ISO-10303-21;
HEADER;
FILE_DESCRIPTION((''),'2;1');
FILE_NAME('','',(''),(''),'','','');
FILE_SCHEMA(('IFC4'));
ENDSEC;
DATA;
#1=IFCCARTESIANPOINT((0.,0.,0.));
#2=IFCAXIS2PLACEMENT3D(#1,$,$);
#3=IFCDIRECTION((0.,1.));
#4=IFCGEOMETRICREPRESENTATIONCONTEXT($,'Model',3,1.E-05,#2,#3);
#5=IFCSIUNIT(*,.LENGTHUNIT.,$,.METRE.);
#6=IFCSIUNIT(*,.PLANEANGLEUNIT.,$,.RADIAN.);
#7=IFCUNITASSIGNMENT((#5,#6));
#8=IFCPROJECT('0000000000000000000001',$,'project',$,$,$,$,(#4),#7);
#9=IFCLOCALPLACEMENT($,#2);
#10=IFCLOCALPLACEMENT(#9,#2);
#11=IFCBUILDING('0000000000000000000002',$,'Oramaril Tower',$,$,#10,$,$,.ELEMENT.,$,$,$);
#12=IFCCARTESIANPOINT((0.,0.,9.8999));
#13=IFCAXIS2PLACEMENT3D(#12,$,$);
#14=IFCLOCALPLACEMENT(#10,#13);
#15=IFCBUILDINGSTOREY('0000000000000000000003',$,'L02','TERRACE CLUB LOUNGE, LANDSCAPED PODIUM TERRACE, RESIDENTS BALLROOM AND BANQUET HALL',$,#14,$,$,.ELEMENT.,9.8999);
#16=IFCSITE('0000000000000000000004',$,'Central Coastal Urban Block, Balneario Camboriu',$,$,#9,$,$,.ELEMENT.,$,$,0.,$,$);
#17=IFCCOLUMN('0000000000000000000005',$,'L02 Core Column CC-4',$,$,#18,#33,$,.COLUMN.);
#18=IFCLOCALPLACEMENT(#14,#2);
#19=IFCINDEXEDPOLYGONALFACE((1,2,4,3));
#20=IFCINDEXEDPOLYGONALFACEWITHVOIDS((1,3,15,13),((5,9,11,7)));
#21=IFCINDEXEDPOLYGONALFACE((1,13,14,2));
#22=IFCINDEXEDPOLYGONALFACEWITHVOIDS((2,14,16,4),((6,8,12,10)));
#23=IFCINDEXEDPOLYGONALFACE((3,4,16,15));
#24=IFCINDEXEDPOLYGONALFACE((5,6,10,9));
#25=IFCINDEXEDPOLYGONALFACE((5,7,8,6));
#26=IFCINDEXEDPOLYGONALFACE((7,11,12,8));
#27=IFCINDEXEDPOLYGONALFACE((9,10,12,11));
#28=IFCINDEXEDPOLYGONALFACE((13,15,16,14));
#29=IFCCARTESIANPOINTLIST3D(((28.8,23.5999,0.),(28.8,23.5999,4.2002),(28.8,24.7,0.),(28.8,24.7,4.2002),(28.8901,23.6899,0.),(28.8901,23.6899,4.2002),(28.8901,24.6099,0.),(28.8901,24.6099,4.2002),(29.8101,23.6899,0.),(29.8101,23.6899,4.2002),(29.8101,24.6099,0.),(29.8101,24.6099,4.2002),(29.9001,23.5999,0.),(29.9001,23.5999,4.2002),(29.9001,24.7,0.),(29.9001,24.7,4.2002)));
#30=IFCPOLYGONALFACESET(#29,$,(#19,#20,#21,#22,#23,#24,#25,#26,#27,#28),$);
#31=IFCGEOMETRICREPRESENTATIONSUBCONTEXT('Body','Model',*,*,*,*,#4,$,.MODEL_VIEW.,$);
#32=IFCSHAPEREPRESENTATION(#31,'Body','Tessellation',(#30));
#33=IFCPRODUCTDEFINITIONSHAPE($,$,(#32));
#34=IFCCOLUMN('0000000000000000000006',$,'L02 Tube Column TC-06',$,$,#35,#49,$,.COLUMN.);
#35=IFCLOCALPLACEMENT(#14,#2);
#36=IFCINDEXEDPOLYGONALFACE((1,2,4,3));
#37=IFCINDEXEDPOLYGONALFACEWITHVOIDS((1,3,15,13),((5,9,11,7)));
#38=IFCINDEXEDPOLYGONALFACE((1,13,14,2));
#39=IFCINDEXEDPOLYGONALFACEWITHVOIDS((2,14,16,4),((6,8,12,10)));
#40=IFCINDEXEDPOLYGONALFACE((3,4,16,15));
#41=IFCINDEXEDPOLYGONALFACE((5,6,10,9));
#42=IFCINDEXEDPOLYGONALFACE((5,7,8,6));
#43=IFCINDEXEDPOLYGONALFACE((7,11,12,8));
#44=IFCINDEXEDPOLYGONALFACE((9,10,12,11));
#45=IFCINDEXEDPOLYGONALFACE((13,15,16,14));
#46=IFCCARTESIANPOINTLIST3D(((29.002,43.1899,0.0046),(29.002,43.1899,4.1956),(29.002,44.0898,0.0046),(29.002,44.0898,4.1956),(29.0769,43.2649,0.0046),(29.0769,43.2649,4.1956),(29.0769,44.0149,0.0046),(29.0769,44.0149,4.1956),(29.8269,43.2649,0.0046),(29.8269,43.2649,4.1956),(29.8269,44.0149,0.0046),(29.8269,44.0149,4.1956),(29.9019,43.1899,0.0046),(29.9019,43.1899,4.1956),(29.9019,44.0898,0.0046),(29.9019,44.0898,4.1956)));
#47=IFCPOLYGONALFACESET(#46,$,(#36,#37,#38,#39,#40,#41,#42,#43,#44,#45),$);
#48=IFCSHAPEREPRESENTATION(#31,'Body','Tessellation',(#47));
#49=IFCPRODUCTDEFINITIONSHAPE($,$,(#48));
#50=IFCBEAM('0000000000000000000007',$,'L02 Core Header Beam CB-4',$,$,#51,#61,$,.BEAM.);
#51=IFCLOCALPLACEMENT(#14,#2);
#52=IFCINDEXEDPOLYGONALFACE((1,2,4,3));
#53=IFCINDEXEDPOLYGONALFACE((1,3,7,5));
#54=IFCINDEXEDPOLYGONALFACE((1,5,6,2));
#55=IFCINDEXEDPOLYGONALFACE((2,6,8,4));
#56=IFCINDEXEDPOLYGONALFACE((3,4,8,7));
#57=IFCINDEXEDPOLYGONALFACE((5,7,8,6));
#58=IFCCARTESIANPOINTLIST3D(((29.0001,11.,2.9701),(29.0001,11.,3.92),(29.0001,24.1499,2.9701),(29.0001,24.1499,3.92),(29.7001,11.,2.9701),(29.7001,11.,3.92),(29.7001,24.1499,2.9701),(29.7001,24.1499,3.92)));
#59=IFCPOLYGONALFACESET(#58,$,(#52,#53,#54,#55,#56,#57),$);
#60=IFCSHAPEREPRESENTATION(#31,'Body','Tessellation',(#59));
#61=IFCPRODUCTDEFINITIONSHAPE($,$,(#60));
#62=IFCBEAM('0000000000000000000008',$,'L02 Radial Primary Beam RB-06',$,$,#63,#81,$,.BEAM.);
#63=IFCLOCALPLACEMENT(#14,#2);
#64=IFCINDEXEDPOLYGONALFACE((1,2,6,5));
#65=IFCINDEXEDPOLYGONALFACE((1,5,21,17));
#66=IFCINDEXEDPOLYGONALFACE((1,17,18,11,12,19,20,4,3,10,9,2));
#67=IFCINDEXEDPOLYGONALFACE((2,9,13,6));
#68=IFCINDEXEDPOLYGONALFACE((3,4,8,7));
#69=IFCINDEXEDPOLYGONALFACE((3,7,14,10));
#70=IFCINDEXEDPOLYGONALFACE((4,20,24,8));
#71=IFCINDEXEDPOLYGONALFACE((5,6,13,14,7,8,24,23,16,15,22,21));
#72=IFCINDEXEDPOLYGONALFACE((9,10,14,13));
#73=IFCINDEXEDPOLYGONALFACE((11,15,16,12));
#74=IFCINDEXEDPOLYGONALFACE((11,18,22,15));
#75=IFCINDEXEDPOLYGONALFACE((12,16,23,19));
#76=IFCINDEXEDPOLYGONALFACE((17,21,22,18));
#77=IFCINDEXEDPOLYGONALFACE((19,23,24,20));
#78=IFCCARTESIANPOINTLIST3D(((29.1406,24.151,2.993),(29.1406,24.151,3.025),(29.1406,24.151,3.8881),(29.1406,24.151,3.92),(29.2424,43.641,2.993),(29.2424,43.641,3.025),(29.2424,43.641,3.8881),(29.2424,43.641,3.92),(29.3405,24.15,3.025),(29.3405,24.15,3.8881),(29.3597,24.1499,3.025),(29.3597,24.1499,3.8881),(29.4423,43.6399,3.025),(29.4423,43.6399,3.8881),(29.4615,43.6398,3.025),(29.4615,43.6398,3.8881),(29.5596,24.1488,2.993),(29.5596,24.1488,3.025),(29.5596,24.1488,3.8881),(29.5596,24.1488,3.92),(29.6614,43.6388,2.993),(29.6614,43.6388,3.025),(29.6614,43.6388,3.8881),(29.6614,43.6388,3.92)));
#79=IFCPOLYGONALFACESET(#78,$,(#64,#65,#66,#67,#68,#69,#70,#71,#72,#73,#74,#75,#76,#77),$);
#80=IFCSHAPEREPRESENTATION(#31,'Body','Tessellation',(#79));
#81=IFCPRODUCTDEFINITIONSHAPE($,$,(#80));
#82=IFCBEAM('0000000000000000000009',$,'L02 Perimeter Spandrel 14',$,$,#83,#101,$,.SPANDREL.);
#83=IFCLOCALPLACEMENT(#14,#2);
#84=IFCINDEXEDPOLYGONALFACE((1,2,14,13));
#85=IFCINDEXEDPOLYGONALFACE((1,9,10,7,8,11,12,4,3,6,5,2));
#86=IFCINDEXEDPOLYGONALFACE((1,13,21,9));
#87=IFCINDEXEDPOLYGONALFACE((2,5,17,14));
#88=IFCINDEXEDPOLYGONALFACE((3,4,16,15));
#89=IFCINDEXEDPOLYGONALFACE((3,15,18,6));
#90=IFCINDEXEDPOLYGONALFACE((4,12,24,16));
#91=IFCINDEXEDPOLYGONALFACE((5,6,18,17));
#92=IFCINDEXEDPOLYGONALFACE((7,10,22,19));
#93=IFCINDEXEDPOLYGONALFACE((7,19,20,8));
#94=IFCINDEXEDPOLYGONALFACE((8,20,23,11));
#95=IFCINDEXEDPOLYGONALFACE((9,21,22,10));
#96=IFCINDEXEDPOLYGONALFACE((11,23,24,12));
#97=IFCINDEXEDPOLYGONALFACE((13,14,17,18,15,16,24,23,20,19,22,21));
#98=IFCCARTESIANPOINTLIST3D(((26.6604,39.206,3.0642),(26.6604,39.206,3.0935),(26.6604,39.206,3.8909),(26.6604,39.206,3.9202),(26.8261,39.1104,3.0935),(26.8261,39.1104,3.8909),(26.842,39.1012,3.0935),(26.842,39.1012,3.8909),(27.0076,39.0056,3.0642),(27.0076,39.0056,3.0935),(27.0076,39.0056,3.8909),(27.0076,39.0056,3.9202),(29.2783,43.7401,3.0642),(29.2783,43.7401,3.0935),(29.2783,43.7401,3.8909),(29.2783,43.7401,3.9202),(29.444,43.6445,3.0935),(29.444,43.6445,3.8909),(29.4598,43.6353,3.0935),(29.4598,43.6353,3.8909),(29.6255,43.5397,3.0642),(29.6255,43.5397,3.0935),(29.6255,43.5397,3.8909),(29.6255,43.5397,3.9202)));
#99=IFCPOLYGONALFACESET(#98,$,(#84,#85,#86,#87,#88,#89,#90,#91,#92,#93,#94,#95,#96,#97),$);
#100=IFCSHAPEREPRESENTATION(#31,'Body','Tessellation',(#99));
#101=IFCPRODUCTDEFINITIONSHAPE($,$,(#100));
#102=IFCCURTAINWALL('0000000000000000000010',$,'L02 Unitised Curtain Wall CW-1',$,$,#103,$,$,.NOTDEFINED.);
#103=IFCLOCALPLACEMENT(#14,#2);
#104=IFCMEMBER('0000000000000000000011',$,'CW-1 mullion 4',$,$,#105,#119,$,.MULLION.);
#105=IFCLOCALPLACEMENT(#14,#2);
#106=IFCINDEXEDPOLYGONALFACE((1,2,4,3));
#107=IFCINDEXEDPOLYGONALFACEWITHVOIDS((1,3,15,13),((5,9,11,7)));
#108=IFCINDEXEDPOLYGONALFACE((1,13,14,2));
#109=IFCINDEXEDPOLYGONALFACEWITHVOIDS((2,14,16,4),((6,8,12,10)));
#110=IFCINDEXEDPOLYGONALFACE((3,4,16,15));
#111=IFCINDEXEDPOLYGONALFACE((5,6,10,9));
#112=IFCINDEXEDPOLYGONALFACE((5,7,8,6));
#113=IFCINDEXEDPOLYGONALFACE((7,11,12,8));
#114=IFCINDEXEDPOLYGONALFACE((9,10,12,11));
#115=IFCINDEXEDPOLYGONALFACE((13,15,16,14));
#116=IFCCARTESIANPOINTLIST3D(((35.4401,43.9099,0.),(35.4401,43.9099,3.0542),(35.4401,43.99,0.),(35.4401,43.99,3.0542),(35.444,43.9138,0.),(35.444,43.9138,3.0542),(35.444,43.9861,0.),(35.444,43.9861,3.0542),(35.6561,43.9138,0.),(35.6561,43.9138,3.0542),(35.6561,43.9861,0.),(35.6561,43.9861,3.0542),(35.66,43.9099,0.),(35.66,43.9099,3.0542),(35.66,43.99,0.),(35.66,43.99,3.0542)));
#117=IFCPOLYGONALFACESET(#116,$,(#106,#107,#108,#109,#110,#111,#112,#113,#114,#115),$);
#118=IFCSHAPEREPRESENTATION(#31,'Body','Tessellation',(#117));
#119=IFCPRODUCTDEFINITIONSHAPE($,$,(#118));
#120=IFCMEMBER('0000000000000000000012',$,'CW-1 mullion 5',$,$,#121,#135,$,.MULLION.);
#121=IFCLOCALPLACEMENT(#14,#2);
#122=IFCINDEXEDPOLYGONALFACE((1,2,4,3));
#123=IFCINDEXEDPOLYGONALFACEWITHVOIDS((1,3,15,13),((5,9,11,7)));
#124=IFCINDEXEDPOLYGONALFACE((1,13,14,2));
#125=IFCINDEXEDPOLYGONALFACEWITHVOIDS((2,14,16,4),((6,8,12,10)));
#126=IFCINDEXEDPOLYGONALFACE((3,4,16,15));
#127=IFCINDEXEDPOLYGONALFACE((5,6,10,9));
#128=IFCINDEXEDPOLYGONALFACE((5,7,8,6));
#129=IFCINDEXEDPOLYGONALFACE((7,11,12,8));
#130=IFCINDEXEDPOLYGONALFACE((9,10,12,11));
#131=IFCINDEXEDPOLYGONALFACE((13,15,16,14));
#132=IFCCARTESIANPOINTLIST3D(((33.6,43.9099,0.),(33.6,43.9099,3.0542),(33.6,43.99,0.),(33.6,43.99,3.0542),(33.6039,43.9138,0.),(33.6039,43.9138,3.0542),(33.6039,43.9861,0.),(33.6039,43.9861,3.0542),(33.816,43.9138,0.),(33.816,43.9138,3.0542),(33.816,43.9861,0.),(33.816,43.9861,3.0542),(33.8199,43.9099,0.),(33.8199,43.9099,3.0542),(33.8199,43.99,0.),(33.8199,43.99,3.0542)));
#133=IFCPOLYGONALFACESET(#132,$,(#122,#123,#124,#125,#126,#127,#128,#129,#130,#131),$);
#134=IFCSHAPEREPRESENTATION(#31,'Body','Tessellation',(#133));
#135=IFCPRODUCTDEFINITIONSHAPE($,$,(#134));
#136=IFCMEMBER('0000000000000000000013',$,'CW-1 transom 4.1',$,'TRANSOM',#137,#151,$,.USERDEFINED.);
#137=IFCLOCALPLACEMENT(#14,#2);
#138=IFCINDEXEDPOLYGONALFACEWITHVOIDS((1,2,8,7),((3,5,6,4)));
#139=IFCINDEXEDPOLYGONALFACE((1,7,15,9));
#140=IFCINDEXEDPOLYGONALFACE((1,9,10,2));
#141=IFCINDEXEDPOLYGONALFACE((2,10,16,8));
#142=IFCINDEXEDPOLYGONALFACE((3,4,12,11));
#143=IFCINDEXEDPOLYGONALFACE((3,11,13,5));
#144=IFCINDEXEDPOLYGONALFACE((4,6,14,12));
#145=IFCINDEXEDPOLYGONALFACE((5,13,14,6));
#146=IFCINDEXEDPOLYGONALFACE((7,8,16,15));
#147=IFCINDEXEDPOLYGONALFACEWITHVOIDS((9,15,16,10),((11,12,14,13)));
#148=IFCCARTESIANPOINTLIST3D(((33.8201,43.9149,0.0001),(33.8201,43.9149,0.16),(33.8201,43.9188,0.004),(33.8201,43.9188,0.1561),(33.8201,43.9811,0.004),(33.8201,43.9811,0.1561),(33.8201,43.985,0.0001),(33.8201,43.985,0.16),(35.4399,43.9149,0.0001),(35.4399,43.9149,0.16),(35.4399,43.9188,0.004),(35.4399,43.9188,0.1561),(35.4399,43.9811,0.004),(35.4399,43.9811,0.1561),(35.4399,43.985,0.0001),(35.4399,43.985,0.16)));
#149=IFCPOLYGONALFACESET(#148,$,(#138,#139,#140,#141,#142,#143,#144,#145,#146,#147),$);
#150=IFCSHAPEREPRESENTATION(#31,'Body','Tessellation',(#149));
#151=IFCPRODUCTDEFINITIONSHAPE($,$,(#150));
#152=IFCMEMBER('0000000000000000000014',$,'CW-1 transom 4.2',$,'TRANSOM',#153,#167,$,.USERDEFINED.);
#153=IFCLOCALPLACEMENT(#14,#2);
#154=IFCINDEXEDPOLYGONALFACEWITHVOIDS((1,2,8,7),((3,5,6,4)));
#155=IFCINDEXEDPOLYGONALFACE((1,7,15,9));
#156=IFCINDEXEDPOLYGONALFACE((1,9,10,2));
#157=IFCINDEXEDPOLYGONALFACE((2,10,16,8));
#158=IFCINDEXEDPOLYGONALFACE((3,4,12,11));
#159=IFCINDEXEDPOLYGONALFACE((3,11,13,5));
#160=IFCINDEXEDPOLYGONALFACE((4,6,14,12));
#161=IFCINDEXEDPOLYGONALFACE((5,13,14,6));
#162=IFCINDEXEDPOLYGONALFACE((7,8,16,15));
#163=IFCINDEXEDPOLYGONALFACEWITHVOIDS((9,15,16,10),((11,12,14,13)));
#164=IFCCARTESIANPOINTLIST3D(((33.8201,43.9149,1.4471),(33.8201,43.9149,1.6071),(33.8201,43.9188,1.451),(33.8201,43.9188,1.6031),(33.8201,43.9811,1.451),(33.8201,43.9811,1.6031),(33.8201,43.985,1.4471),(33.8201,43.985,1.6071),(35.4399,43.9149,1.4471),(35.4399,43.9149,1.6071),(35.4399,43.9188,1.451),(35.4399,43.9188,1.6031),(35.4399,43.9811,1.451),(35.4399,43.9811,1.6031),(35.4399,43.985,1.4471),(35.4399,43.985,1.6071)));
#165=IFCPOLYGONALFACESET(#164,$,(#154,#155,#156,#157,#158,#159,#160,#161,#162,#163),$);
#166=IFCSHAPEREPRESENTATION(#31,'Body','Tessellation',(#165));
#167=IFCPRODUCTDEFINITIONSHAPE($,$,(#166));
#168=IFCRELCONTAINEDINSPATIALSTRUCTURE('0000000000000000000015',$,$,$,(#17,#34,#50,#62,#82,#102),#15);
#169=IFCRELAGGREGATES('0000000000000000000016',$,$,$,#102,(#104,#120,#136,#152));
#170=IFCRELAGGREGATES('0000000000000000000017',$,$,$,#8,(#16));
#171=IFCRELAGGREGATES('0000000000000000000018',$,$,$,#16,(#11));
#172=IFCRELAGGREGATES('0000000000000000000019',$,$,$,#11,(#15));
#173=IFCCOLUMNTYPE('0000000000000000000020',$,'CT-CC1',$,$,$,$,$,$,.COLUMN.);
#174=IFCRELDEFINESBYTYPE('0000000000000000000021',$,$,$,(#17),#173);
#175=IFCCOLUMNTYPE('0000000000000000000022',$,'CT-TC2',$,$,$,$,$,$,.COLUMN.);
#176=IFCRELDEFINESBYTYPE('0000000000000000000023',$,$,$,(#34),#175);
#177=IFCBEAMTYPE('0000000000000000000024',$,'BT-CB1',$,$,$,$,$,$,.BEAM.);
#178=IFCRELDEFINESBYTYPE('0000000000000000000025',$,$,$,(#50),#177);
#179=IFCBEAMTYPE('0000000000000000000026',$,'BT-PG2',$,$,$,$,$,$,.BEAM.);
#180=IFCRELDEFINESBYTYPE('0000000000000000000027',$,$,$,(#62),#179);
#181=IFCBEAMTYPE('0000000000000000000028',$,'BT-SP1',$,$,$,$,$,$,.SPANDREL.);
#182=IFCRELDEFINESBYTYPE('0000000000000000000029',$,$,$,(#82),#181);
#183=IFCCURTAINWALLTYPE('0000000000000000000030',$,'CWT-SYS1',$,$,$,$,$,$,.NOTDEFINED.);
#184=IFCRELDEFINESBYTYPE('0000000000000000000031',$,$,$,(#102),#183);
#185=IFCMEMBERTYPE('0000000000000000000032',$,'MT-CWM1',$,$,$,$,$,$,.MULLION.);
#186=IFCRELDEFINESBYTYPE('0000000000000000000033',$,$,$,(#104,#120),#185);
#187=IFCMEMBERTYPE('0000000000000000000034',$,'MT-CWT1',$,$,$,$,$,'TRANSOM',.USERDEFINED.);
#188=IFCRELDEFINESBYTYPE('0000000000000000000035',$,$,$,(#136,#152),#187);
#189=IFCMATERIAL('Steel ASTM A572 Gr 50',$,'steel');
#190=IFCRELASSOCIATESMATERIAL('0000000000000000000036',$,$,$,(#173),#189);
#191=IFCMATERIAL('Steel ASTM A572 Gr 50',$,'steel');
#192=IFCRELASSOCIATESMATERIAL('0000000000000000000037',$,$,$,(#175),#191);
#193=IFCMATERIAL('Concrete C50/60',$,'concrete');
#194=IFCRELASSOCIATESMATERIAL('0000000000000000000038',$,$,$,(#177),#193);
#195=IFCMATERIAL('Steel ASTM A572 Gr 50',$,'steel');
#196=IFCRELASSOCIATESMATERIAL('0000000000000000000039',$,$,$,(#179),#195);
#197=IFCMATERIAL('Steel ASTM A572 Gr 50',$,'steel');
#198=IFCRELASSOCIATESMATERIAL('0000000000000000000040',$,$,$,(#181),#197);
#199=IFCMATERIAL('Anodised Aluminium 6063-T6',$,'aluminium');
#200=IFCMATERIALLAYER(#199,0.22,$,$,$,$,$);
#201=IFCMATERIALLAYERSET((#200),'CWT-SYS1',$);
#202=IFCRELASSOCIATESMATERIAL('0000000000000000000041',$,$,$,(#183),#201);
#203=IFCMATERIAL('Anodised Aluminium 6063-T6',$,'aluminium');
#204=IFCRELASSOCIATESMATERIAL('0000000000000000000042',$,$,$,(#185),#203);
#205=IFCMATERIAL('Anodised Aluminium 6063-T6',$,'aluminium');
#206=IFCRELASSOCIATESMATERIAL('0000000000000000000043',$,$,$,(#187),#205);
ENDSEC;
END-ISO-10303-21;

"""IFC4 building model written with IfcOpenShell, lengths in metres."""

from ifc_helpers import new_model, si_unit, direction, frame, origin, origin_2d, place, context, subcontext, project, spatial, rectangle, hollow_rectangle, i_section, extrude, material, layer, layer_set, material_profile, profile_set, type_object, element, aggregate, save


model = new_model("IFC4")

# Units and contexts
model_context = context("Model", 3, precision=1e-05, world=origin(), true_north=direction((0.0, 1.0)))
body_context = subcontext(model_context, "Body", "Model", "MODEL_VIEW")
ifc_project = project(units=[si_unit("LENGTHUNIT", "METRE"), si_unit("PLANEANGLEUNIT", "RADIAN")], contexts=[model_context])

# Site, building, storey
site_placement = place(None, origin())
site = spatial("IfcSite", under=ifc_project, at=site_placement, Name="Central Coastal Urban Block, Balneario Camboriu", CompositionType="ELEMENT", RefElevation=0.0)
building_placement = place(site_placement, origin())
building = spatial("IfcBuilding", under=site, at=building_placement, Name="Oramaril Tower", CompositionType="ELEMENT")
storey_placement = place(building_placement, frame((0.0, 0.0, 9.8999)))
storey = spatial("IfcBuildingStorey", under=building, at=storey_placement, Name="L02", Description="TERRACE CLUB LOUNGE, LANDSCAPED PODIUM TERRACE, RESIDENTS BALLROOM AND BANQUET HALL", CompositionType="ELEMENT", Elevation=9.8999)

# Columns
ifc_material_1 = material(Name="Steel ASTM A572 Gr 50", Category="steel")
ifc_material_profile_1 = material_profile(ifc_material_1, hollow_rectangle(XDim=1.1001, YDim=1.1001, WallThickness=0.0901, at=origin_2d()), Name="BOX1100X1100X90")
ifc_profile_set_1 = profile_set([ifc_material_profile_1], Name="Steel ASTM A572 Gr 50")
column_type_1 = type_object("IfcColumnType", Name="CT-CC1", PredefinedType="COLUMN", material=ifc_profile_set_1)
column_1_placement = place(storey_placement, frame((29.3501, 24.1499, 0.0), z_axis=(0.0, 0.0, 1.0), x_axis=(1.0, 0.0, 0.0)))
element("IfcColumn", 1, at=column_1_placement, inside=storey, type_object=column_type_1, Name="L02 Core Column CC-4", PredefinedType="COLUMN", context=body_context, shape_type="SweptSolid", body=[
    extrude(hollow_rectangle(XDim=1.1001, YDim=1.1001, WallThickness=0.0901, at=origin_2d()), origin(), (0.0, 0.0, 1.0), 4.2002),
])
ifc_material_2 = material(Name="Steel ASTM A572 Gr 50", Category="steel")
ifc_material_profile_2 = material_profile(ifc_material_2, hollow_rectangle(XDim=0.8999, YDim=0.8999, WallThickness=0.075, at=origin_2d()), Name="BOX900X900X75")
ifc_profile_set_2 = profile_set([ifc_material_profile_2], Name="Steel ASTM A572 Gr 50")
column_type_2 = type_object("IfcColumnType", Name="CT-TC2", PredefinedType="COLUMN", material=ifc_profile_set_2)
column_2_placement = place(storey_placement, frame((29.4519, 43.6399, 0.0046), z_axis=(0.0, 0.0, 1.0), x_axis=(1.0, 0.0, 0.0)))
element("IfcColumn", 2, at=column_2_placement, inside=storey, type_object=column_type_2, Name="L02 Tube Column TC-06", PredefinedType="COLUMN", context=body_context, shape_type="SweptSolid", body=[
    extrude(hollow_rectangle(XDim=0.8999, YDim=0.8999, WallThickness=0.075, at=origin_2d()), origin(), (0.0, 0.0, 1.0), 4.1909),
])

# Beams
ifc_material_3 = material(Name="Concrete C50/60", Category="concrete")
ifc_material_profile_3 = material_profile(ifc_material_3, rectangle(XDim=0.7, YDim=0.95, at=origin_2d()), Name="CB700X950")
ifc_profile_set_3 = profile_set([ifc_material_profile_3], Name="Concrete C50/60")
beam_type_1 = type_object("IfcBeamType", Name="BT-CB1", PredefinedType="BEAM", material=ifc_profile_set_3)
beam_1_placement = place(storey_placement, frame((29.3501, 24.1499, 3.4451), z_axis=(0.0, -1.0, 0.0), x_axis=(1.0, 0.0, 0.0)))
element("IfcBeam", 3, at=beam_1_placement, inside=storey, type_object=beam_type_1, Name="L02 Core Header Beam CB-4", PredefinedType="BEAM", context=body_context, shape_type="SweptSolid", body=[
    extrude(rectangle(XDim=0.7, YDim=0.95, at=origin_2d()), origin(), (0.0, 0.0, 1.0), 13.1499),
])
ifc_material_4 = material(Name="Steel ASTM A572 Gr 50", Category="steel")
ifc_material_profile_4 = material_profile(ifc_material_4, i_section(OverallWidth=0.4189, OverallDepth=0.927, WebThickness=0.0193, FlangeThickness=0.032, at=origin_2d()), Name="W36X231")
ifc_profile_set_4 = profile_set([ifc_material_profile_4], Name="Steel ASTM A572 Gr 50")
beam_type_2 = type_object("IfcBeamType", Name="BT-PG2", PredefinedType="BEAM", material=ifc_profile_set_4)
beam_2_placement = place(storey_placement, frame((29.3501, 24.1499, 3.4565), z_axis=(0.005223, 0.999986, 0.0), x_axis=(-0.999986, 0.005223, 0.0)))
element("IfcBeam", 4, at=beam_2_placement, inside=storey, type_object=beam_type_2, Name="L02 Radial Primary Beam RB-06", PredefinedType="BEAM", context=body_context, shape_type="SweptSolid", body=[
    extrude(i_section(OverallWidth=0.4189, OverallDepth=0.927, WebThickness=0.0193, FlangeThickness=0.032, at=origin_2d()), origin(), (0.0, 0.0, 1.0), 19.4902),
])
ifc_material_5 = material(Name="Steel ASTM A572 Gr 50", Category="steel")
ifc_material_profile_5 = material_profile(ifc_material_5, i_section(OverallWidth=0.4009, OverallDepth=0.856, WebThickness=0.0183, FlangeThickness=0.0293, at=origin_2d()), Name="W33X201")
ifc_profile_set_5 = profile_set([ifc_material_profile_5], Name="Steel ASTM A572 Gr 50")
beam_type_3 = type_object("IfcBeamType", Name="BT-SP1", PredefinedType="SPANDREL", material=ifc_profile_set_5)
beam_3_placement = place(storey_placement, frame((29.4519, 43.6399, 3.4922), z_axis=(-0.500016, -0.866016, 0.0), x_axis=(0.866016, -0.500016, 0.0)))
element("IfcBeam", 5, at=beam_3_placement, inside=storey, type_object=beam_type_3, Name="L02 Perimeter Spandrel 14", PredefinedType="SPANDREL", context=body_context, shape_type="SweptSolid", body=[
    extrude(i_section(OverallWidth=0.4009, OverallDepth=0.856, WebThickness=0.0183, FlangeThickness=0.0293, at=origin_2d()), origin(), (0.0, 0.0, 1.0), 5.2356),
])

# Curtain wall, members
ifc_material_6 = material(Name="Anodised Aluminium 6063-T6", Category="aluminium")
ifc_layer_1 = layer(ifc_material_6, 0.22)
ifc_layer_set_1 = layer_set([ifc_layer_1], Name="CWT-SYS1")
curtain_wall_type = type_object("IfcCurtainWallType", Name="CWT-SYS1", PredefinedType="NOTDEFINED", material=ifc_layer_set_1)
curtain_wall_placement = place(storey_placement, origin())
curtain_wall = element("IfcCurtainWall", 6, at=curtain_wall_placement, inside=storey, type_object=curtain_wall_type, Name="L02 Unitised Curtain Wall CW-1", PredefinedType="NOTDEFINED")
ifc_material_7 = material(Name="Anodised Aluminium 6063-T6", Category="aluminium")
ifc_material_profile_6 = material_profile(ifc_material_7, hollow_rectangle(XDim=0.0801, YDim=0.22, WallThickness=0.0039, at=origin_2d()), Name="CWM220X80")
ifc_profile_set_6 = profile_set([ifc_material_profile_6], Name="Anodised Aluminium 6063-T6")
member_type_1 = type_object("IfcMemberType", Name="MT-CWM1", PredefinedType="MULLION", material=ifc_profile_set_6)
member_1_placement = place(storey_placement, frame((35.55, 43.95, 0.0), z_axis=(0.0, 0.0, 1.0), x_axis=(0.0, -1.0, 0.0)))
member_1 = element("IfcMember", 7, at=member_1_placement, type_object=member_type_1, Name="CW-1 mullion 4", PredefinedType="MULLION", context=body_context, shape_type="SweptSolid", body=[
    extrude(hollow_rectangle(XDim=0.0801, YDim=0.22, WallThickness=0.0039, at=origin_2d()), origin(), (0.0, 0.0, 1.0), 3.0542),
])
member_2_placement = place(storey_placement, frame((33.71, 43.95, 0.0), z_axis=(0.0, 0.0, 1.0), x_axis=(0.0, -1.0, 0.0)))
member_2 = element("IfcMember", 8, at=member_2_placement, type_object=member_type_1, Name="CW-1 mullion 5", PredefinedType="MULLION", context=body_context, shape_type="SweptSolid", body=[
    extrude(hollow_rectangle(XDim=0.0801, YDim=0.22, WallThickness=0.0039, at=origin_2d()), origin(), (0.0, 0.0, 1.0), 3.0542),
])
ifc_material_8 = material(Name="Anodised Aluminium 6063-T6", Category="aluminium")
ifc_material_profile_7 = material_profile(ifc_material_8, hollow_rectangle(XDim=0.0701, YDim=0.1599, WallThickness=0.0039, at=origin_2d()), Name="CWT160X70")
ifc_profile_set_7 = profile_set([ifc_material_profile_7], Name="Anodised Aluminium 6063-T6")
member_type_2 = type_object("IfcMemberType", Name="MT-CWT1", ElementType="TRANSOM", PredefinedType="USERDEFINED", material=ifc_profile_set_7)
member_3_placement = place(storey_placement, frame((35.4399, 43.95, 0.0801), z_axis=(-1.0, 0.0, 0.0), x_axis=(0.0, -1.0, 0.0)))
member_3 = element("IfcMember", 9, at=member_3_placement, type_object=member_type_2, Name="CW-1 transom 4.1", ObjectType="TRANSOM", PredefinedType="USERDEFINED", context=body_context, shape_type="SweptSolid", body=[
    extrude(hollow_rectangle(XDim=0.0701, YDim=0.1599, WallThickness=0.0039, at=origin_2d()), origin(), (0.0, 0.0, 1.0), 1.6199),
])
member_4_placement = place(storey_placement, frame((35.4399, 43.95, 1.5271), z_axis=(-1.0, 0.0, 0.0), x_axis=(0.0, -1.0, 0.0)))
member_4 = element("IfcMember", 10, at=member_4_placement, type_object=member_type_2, Name="CW-1 transom 4.2", ObjectType="TRANSOM", PredefinedType="USERDEFINED", context=body_context, shape_type="SweptSolid", body=[
    extrude(hollow_rectangle(XDim=0.0701, YDim=0.1599, WallThickness=0.0039, at=origin_2d()), origin(), (0.0, 0.0, 1.0), 1.6199),
])
aggregate(curtain_wall, [member_1, member_2, member_3, member_4])

save(model, "model.ifc")
